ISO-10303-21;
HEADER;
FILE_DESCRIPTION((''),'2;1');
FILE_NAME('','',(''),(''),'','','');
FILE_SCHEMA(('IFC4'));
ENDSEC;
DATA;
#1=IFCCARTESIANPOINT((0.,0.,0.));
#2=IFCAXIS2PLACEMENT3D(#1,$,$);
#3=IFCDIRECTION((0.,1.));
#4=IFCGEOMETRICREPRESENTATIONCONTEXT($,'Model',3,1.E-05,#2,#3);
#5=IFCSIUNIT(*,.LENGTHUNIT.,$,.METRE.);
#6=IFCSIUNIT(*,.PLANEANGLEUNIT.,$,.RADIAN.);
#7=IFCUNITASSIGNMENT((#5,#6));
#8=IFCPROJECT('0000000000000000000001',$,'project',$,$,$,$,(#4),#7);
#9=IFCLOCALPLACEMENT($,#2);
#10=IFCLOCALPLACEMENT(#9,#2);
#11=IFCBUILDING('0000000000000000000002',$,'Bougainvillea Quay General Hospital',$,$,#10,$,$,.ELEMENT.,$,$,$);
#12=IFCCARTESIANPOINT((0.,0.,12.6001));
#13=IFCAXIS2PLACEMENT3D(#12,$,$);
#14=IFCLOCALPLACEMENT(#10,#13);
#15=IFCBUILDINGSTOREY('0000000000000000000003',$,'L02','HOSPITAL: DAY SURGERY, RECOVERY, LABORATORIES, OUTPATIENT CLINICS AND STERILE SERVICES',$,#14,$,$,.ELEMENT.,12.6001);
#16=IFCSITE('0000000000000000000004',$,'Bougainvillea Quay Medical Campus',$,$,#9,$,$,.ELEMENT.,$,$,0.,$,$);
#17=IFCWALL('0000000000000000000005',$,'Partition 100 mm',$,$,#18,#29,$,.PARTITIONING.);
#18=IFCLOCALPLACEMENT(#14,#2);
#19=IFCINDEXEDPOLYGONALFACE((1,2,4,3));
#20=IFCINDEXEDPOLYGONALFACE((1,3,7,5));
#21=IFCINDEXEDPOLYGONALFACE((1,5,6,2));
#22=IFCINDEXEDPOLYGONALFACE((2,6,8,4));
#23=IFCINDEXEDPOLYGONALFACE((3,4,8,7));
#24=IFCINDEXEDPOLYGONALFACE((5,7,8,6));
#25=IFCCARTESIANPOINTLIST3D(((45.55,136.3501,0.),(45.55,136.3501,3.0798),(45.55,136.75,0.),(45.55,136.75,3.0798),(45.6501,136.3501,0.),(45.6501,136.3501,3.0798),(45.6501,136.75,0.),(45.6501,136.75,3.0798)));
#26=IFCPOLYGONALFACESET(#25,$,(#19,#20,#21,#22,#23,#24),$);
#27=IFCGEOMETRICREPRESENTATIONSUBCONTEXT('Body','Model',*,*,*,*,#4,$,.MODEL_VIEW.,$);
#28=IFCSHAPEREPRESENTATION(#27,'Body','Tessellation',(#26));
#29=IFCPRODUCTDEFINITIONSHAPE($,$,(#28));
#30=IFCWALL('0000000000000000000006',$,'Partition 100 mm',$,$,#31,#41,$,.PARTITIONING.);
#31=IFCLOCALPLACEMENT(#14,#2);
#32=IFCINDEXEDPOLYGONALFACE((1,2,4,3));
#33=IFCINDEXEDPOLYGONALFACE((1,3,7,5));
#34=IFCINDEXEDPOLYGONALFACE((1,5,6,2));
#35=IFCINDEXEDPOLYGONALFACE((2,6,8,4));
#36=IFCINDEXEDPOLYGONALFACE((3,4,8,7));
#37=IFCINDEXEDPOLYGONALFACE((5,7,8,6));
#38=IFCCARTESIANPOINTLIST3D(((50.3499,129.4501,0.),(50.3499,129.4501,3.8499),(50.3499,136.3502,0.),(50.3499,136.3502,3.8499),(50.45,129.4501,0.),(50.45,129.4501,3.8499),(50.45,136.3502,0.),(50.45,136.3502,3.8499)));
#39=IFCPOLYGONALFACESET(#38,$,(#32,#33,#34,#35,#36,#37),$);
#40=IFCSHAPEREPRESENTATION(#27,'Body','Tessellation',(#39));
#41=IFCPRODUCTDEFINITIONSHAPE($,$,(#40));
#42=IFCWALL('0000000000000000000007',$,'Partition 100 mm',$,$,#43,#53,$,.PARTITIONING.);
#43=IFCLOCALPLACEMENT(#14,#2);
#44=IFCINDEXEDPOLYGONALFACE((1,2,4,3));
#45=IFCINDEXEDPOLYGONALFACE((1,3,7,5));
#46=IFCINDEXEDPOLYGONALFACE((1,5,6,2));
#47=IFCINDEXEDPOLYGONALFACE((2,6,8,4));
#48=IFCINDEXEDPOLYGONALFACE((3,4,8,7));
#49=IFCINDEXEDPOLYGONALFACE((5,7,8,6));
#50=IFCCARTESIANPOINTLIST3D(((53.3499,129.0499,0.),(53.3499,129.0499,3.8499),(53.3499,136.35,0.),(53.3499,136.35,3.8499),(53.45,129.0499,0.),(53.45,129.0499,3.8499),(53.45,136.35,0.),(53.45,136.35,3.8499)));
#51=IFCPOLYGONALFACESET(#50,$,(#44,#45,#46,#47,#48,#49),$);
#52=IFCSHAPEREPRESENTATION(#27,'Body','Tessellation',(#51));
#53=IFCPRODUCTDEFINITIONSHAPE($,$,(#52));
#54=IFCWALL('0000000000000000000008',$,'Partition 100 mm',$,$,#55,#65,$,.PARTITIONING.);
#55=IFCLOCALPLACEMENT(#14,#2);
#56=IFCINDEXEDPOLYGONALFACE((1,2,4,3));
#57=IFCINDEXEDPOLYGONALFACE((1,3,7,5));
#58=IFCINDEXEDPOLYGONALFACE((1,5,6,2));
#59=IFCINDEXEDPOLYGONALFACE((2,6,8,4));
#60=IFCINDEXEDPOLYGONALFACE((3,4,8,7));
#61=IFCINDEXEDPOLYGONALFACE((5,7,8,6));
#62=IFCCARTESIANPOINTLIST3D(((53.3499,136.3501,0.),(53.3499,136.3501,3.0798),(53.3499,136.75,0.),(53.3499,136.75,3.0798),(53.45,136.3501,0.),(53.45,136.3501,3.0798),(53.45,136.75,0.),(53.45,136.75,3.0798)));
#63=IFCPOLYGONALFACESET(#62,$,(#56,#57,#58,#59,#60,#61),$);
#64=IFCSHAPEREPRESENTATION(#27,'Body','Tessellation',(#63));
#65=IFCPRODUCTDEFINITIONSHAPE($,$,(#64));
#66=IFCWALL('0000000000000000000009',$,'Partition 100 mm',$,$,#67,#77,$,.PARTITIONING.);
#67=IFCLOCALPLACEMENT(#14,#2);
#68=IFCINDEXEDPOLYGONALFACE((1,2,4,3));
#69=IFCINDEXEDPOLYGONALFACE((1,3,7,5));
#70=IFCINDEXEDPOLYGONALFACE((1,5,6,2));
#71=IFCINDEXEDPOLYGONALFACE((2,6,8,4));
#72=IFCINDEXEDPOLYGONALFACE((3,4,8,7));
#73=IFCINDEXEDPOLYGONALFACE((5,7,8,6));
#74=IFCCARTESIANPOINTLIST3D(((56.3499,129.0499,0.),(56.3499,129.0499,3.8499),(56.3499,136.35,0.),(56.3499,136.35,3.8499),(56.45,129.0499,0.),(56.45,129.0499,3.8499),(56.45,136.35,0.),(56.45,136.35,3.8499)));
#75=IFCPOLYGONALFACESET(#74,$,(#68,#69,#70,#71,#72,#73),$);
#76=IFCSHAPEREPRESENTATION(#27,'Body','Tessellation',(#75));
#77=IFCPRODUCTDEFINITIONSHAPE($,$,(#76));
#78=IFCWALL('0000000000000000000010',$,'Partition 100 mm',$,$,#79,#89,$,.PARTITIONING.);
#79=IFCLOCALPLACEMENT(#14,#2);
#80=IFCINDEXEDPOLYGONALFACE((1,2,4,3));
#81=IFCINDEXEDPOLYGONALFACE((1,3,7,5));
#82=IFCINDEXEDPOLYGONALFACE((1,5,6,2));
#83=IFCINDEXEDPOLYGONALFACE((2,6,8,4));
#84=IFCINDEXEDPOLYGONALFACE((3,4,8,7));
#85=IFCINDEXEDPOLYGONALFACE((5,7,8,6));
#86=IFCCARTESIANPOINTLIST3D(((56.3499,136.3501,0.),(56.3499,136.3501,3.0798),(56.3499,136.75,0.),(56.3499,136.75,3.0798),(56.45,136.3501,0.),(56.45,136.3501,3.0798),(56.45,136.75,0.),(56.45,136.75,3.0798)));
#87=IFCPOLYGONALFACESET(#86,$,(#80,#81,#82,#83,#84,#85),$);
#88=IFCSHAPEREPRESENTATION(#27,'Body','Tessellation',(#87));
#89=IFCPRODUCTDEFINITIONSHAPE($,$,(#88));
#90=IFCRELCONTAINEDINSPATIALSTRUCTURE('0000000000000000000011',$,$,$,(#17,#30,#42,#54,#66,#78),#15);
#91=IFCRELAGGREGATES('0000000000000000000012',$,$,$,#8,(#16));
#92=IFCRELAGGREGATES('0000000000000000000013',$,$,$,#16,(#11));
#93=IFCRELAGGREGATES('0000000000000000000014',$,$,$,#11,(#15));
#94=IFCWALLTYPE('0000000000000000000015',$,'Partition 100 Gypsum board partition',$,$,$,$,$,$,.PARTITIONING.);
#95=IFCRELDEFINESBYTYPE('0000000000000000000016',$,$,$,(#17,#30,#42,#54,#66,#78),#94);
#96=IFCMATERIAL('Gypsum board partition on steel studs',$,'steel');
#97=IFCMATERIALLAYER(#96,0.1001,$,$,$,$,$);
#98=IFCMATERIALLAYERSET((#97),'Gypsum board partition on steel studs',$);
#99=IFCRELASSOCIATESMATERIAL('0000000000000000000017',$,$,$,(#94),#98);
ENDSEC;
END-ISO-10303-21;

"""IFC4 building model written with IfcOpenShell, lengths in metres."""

from ifc_helpers import new_model, si_unit, direction, frame, frame_2d, origin, place, context, subcontext, project, spatial, rectangle, extrude, material, layer, layer_set, type_object, element, save


model = new_model("IFC4")

# Units and contexts
model_context = context("Model", 3, precision=1e-05, world=origin(), true_north=direction((0.0, 1.0)))
body_context = subcontext(model_context, "Body", "Model", "MODEL_VIEW")
ifc_project = project(units=[si_unit("LENGTHUNIT", "METRE"), si_unit("PLANEANGLEUNIT", "RADIAN")], contexts=[model_context])

# Site, building, storey
site_placement = place(None, origin())
site = spatial("IfcSite", under=ifc_project, at=site_placement, Name="Bougainvillea Quay Medical Campus", CompositionType="ELEMENT", RefElevation=0.0)
building_placement = place(site_placement, origin())
building = spatial("IfcBuilding", under=site, at=building_placement, Name="Bougainvillea Quay General Hospital", CompositionType="ELEMENT")
storey_placement = place(building_placement, frame((0.0, 0.0, 12.6001)))
storey = spatial("IfcBuildingStorey", under=building, at=storey_placement, Name="L02", Description="HOSPITAL: DAY SURGERY, RECOVERY, LABORATORIES, OUTPATIENT CLINICS AND STERILE SERVICES", CompositionType="ELEMENT", Elevation=12.6001)

# Walls
ifc_material_1 = material(Name="Gypsum board partition on steel studs", Category="steel")
ifc_layer_1 = layer(ifc_material_1, 0.1001)
ifc_layer_set_1 = layer_set([ifc_layer_1], Name="Gypsum board partition on steel studs")
wall_type_1 = type_object("IfcWallType", Name="Partition 100 Gypsum board partition", PredefinedType="PARTITIONING", material=ifc_layer_set_1)
wall_1_placement = place(storey_placement, frame((45.6001, 136.3501, 0.0), z_axis=(0.0, 0.0, 1.0), x_axis=(0.0, 1.0, 0.0)))
element("IfcWall", 1, at=wall_1_placement, inside=storey, type_object=wall_type_1, Name="Partition 100 mm", PredefinedType="PARTITIONING", context=body_context, shape_type="SweptSolid", body=[
    extrude(rectangle(XDim=0.3999, YDim=0.1001, at=frame_2d((0.2, 0.0))), origin(), (0.0, 0.0, 1.0), 3.0798),
])
wall_2_placement = place(storey_placement, frame((50.3999, 129.45, 0.0), z_axis=(0.0, 0.0, 1.0), x_axis=(0.0, 1.0, 0.0)))
element("IfcWall", 2, at=wall_2_placement, inside=storey, type_object=wall_type_1, Name="Partition 100 mm", PredefinedType="PARTITIONING", context=body_context, shape_type="SweptSolid", body=[
    extrude(rectangle(XDim=6.9001, YDim=0.1001, at=frame_2d((3.4502, 0.0))), origin(), (0.0, 0.0, 1.0), 3.8499),
])
wall_3_placement = place(storey_placement, frame((53.3999, 129.05, 0.0), z_axis=(0.0, 0.0, 1.0), x_axis=(0.0, 1.0, 0.0)))
element("IfcWall", 3, at=wall_3_placement, inside=storey, type_object=wall_type_1, Name="Partition 100 mm", PredefinedType="PARTITIONING", context=body_context, shape_type="SweptSolid", body=[
    extrude(rectangle(XDim=7.3, YDim=0.1001, at=frame_2d((3.6499, 0.0))), origin(), (0.0, 0.0, 1.0), 3.8499),
])
wall_4_placement = place(storey_placement, frame((53.3999, 136.3501, 0.0), z_axis=(0.0, 0.0, 1.0), x_axis=(0.0, 1.0, 0.0)))
element("IfcWall", 4, at=wall_4_placement, inside=storey, type_object=wall_type_1, Name="Partition 100 mm", PredefinedType="PARTITIONING", context=body_context, shape_type="SweptSolid", body=[
    extrude(rectangle(XDim=0.3999, YDim=0.1001, at=frame_2d((0.2, 0.0))), origin(), (0.0, 0.0, 1.0), 3.0798),
])
wall_5_placement = place(storey_placement, frame((56.3999, 129.05, 0.0), z_axis=(0.0, 0.0, 1.0), x_axis=(0.0, 1.0, 0.0)))
element("IfcWall", 5, at=wall_5_placement, inside=storey, type_object=wall_type_1, Name="Partition 100 mm", PredefinedType="PARTITIONING", context=body_context, shape_type="SweptSolid", body=[
    extrude(rectangle(XDim=7.3, YDim=0.1001, at=frame_2d((3.6499, 0.0))), origin(), (0.0, 0.0, 1.0), 3.8499),
])
wall_6_placement = place(storey_placement, frame((56.3999, 136.3501, 0.0), z_axis=(0.0, 0.0, 1.0), x_axis=(0.0, 1.0, 0.0)))
element("IfcWall", 6, at=wall_6_placement, inside=storey, type_object=wall_type_1, Name="Partition 100 mm", PredefinedType="PARTITIONING", context=body_context, shape_type="SweptSolid", body=[
    extrude(rectangle(XDim=0.3999, YDim=0.1001, at=frame_2d((0.2, 0.0))), origin(), (0.0, 0.0, 1.0), 3.0798),
])

save(model, "model.ifc")
